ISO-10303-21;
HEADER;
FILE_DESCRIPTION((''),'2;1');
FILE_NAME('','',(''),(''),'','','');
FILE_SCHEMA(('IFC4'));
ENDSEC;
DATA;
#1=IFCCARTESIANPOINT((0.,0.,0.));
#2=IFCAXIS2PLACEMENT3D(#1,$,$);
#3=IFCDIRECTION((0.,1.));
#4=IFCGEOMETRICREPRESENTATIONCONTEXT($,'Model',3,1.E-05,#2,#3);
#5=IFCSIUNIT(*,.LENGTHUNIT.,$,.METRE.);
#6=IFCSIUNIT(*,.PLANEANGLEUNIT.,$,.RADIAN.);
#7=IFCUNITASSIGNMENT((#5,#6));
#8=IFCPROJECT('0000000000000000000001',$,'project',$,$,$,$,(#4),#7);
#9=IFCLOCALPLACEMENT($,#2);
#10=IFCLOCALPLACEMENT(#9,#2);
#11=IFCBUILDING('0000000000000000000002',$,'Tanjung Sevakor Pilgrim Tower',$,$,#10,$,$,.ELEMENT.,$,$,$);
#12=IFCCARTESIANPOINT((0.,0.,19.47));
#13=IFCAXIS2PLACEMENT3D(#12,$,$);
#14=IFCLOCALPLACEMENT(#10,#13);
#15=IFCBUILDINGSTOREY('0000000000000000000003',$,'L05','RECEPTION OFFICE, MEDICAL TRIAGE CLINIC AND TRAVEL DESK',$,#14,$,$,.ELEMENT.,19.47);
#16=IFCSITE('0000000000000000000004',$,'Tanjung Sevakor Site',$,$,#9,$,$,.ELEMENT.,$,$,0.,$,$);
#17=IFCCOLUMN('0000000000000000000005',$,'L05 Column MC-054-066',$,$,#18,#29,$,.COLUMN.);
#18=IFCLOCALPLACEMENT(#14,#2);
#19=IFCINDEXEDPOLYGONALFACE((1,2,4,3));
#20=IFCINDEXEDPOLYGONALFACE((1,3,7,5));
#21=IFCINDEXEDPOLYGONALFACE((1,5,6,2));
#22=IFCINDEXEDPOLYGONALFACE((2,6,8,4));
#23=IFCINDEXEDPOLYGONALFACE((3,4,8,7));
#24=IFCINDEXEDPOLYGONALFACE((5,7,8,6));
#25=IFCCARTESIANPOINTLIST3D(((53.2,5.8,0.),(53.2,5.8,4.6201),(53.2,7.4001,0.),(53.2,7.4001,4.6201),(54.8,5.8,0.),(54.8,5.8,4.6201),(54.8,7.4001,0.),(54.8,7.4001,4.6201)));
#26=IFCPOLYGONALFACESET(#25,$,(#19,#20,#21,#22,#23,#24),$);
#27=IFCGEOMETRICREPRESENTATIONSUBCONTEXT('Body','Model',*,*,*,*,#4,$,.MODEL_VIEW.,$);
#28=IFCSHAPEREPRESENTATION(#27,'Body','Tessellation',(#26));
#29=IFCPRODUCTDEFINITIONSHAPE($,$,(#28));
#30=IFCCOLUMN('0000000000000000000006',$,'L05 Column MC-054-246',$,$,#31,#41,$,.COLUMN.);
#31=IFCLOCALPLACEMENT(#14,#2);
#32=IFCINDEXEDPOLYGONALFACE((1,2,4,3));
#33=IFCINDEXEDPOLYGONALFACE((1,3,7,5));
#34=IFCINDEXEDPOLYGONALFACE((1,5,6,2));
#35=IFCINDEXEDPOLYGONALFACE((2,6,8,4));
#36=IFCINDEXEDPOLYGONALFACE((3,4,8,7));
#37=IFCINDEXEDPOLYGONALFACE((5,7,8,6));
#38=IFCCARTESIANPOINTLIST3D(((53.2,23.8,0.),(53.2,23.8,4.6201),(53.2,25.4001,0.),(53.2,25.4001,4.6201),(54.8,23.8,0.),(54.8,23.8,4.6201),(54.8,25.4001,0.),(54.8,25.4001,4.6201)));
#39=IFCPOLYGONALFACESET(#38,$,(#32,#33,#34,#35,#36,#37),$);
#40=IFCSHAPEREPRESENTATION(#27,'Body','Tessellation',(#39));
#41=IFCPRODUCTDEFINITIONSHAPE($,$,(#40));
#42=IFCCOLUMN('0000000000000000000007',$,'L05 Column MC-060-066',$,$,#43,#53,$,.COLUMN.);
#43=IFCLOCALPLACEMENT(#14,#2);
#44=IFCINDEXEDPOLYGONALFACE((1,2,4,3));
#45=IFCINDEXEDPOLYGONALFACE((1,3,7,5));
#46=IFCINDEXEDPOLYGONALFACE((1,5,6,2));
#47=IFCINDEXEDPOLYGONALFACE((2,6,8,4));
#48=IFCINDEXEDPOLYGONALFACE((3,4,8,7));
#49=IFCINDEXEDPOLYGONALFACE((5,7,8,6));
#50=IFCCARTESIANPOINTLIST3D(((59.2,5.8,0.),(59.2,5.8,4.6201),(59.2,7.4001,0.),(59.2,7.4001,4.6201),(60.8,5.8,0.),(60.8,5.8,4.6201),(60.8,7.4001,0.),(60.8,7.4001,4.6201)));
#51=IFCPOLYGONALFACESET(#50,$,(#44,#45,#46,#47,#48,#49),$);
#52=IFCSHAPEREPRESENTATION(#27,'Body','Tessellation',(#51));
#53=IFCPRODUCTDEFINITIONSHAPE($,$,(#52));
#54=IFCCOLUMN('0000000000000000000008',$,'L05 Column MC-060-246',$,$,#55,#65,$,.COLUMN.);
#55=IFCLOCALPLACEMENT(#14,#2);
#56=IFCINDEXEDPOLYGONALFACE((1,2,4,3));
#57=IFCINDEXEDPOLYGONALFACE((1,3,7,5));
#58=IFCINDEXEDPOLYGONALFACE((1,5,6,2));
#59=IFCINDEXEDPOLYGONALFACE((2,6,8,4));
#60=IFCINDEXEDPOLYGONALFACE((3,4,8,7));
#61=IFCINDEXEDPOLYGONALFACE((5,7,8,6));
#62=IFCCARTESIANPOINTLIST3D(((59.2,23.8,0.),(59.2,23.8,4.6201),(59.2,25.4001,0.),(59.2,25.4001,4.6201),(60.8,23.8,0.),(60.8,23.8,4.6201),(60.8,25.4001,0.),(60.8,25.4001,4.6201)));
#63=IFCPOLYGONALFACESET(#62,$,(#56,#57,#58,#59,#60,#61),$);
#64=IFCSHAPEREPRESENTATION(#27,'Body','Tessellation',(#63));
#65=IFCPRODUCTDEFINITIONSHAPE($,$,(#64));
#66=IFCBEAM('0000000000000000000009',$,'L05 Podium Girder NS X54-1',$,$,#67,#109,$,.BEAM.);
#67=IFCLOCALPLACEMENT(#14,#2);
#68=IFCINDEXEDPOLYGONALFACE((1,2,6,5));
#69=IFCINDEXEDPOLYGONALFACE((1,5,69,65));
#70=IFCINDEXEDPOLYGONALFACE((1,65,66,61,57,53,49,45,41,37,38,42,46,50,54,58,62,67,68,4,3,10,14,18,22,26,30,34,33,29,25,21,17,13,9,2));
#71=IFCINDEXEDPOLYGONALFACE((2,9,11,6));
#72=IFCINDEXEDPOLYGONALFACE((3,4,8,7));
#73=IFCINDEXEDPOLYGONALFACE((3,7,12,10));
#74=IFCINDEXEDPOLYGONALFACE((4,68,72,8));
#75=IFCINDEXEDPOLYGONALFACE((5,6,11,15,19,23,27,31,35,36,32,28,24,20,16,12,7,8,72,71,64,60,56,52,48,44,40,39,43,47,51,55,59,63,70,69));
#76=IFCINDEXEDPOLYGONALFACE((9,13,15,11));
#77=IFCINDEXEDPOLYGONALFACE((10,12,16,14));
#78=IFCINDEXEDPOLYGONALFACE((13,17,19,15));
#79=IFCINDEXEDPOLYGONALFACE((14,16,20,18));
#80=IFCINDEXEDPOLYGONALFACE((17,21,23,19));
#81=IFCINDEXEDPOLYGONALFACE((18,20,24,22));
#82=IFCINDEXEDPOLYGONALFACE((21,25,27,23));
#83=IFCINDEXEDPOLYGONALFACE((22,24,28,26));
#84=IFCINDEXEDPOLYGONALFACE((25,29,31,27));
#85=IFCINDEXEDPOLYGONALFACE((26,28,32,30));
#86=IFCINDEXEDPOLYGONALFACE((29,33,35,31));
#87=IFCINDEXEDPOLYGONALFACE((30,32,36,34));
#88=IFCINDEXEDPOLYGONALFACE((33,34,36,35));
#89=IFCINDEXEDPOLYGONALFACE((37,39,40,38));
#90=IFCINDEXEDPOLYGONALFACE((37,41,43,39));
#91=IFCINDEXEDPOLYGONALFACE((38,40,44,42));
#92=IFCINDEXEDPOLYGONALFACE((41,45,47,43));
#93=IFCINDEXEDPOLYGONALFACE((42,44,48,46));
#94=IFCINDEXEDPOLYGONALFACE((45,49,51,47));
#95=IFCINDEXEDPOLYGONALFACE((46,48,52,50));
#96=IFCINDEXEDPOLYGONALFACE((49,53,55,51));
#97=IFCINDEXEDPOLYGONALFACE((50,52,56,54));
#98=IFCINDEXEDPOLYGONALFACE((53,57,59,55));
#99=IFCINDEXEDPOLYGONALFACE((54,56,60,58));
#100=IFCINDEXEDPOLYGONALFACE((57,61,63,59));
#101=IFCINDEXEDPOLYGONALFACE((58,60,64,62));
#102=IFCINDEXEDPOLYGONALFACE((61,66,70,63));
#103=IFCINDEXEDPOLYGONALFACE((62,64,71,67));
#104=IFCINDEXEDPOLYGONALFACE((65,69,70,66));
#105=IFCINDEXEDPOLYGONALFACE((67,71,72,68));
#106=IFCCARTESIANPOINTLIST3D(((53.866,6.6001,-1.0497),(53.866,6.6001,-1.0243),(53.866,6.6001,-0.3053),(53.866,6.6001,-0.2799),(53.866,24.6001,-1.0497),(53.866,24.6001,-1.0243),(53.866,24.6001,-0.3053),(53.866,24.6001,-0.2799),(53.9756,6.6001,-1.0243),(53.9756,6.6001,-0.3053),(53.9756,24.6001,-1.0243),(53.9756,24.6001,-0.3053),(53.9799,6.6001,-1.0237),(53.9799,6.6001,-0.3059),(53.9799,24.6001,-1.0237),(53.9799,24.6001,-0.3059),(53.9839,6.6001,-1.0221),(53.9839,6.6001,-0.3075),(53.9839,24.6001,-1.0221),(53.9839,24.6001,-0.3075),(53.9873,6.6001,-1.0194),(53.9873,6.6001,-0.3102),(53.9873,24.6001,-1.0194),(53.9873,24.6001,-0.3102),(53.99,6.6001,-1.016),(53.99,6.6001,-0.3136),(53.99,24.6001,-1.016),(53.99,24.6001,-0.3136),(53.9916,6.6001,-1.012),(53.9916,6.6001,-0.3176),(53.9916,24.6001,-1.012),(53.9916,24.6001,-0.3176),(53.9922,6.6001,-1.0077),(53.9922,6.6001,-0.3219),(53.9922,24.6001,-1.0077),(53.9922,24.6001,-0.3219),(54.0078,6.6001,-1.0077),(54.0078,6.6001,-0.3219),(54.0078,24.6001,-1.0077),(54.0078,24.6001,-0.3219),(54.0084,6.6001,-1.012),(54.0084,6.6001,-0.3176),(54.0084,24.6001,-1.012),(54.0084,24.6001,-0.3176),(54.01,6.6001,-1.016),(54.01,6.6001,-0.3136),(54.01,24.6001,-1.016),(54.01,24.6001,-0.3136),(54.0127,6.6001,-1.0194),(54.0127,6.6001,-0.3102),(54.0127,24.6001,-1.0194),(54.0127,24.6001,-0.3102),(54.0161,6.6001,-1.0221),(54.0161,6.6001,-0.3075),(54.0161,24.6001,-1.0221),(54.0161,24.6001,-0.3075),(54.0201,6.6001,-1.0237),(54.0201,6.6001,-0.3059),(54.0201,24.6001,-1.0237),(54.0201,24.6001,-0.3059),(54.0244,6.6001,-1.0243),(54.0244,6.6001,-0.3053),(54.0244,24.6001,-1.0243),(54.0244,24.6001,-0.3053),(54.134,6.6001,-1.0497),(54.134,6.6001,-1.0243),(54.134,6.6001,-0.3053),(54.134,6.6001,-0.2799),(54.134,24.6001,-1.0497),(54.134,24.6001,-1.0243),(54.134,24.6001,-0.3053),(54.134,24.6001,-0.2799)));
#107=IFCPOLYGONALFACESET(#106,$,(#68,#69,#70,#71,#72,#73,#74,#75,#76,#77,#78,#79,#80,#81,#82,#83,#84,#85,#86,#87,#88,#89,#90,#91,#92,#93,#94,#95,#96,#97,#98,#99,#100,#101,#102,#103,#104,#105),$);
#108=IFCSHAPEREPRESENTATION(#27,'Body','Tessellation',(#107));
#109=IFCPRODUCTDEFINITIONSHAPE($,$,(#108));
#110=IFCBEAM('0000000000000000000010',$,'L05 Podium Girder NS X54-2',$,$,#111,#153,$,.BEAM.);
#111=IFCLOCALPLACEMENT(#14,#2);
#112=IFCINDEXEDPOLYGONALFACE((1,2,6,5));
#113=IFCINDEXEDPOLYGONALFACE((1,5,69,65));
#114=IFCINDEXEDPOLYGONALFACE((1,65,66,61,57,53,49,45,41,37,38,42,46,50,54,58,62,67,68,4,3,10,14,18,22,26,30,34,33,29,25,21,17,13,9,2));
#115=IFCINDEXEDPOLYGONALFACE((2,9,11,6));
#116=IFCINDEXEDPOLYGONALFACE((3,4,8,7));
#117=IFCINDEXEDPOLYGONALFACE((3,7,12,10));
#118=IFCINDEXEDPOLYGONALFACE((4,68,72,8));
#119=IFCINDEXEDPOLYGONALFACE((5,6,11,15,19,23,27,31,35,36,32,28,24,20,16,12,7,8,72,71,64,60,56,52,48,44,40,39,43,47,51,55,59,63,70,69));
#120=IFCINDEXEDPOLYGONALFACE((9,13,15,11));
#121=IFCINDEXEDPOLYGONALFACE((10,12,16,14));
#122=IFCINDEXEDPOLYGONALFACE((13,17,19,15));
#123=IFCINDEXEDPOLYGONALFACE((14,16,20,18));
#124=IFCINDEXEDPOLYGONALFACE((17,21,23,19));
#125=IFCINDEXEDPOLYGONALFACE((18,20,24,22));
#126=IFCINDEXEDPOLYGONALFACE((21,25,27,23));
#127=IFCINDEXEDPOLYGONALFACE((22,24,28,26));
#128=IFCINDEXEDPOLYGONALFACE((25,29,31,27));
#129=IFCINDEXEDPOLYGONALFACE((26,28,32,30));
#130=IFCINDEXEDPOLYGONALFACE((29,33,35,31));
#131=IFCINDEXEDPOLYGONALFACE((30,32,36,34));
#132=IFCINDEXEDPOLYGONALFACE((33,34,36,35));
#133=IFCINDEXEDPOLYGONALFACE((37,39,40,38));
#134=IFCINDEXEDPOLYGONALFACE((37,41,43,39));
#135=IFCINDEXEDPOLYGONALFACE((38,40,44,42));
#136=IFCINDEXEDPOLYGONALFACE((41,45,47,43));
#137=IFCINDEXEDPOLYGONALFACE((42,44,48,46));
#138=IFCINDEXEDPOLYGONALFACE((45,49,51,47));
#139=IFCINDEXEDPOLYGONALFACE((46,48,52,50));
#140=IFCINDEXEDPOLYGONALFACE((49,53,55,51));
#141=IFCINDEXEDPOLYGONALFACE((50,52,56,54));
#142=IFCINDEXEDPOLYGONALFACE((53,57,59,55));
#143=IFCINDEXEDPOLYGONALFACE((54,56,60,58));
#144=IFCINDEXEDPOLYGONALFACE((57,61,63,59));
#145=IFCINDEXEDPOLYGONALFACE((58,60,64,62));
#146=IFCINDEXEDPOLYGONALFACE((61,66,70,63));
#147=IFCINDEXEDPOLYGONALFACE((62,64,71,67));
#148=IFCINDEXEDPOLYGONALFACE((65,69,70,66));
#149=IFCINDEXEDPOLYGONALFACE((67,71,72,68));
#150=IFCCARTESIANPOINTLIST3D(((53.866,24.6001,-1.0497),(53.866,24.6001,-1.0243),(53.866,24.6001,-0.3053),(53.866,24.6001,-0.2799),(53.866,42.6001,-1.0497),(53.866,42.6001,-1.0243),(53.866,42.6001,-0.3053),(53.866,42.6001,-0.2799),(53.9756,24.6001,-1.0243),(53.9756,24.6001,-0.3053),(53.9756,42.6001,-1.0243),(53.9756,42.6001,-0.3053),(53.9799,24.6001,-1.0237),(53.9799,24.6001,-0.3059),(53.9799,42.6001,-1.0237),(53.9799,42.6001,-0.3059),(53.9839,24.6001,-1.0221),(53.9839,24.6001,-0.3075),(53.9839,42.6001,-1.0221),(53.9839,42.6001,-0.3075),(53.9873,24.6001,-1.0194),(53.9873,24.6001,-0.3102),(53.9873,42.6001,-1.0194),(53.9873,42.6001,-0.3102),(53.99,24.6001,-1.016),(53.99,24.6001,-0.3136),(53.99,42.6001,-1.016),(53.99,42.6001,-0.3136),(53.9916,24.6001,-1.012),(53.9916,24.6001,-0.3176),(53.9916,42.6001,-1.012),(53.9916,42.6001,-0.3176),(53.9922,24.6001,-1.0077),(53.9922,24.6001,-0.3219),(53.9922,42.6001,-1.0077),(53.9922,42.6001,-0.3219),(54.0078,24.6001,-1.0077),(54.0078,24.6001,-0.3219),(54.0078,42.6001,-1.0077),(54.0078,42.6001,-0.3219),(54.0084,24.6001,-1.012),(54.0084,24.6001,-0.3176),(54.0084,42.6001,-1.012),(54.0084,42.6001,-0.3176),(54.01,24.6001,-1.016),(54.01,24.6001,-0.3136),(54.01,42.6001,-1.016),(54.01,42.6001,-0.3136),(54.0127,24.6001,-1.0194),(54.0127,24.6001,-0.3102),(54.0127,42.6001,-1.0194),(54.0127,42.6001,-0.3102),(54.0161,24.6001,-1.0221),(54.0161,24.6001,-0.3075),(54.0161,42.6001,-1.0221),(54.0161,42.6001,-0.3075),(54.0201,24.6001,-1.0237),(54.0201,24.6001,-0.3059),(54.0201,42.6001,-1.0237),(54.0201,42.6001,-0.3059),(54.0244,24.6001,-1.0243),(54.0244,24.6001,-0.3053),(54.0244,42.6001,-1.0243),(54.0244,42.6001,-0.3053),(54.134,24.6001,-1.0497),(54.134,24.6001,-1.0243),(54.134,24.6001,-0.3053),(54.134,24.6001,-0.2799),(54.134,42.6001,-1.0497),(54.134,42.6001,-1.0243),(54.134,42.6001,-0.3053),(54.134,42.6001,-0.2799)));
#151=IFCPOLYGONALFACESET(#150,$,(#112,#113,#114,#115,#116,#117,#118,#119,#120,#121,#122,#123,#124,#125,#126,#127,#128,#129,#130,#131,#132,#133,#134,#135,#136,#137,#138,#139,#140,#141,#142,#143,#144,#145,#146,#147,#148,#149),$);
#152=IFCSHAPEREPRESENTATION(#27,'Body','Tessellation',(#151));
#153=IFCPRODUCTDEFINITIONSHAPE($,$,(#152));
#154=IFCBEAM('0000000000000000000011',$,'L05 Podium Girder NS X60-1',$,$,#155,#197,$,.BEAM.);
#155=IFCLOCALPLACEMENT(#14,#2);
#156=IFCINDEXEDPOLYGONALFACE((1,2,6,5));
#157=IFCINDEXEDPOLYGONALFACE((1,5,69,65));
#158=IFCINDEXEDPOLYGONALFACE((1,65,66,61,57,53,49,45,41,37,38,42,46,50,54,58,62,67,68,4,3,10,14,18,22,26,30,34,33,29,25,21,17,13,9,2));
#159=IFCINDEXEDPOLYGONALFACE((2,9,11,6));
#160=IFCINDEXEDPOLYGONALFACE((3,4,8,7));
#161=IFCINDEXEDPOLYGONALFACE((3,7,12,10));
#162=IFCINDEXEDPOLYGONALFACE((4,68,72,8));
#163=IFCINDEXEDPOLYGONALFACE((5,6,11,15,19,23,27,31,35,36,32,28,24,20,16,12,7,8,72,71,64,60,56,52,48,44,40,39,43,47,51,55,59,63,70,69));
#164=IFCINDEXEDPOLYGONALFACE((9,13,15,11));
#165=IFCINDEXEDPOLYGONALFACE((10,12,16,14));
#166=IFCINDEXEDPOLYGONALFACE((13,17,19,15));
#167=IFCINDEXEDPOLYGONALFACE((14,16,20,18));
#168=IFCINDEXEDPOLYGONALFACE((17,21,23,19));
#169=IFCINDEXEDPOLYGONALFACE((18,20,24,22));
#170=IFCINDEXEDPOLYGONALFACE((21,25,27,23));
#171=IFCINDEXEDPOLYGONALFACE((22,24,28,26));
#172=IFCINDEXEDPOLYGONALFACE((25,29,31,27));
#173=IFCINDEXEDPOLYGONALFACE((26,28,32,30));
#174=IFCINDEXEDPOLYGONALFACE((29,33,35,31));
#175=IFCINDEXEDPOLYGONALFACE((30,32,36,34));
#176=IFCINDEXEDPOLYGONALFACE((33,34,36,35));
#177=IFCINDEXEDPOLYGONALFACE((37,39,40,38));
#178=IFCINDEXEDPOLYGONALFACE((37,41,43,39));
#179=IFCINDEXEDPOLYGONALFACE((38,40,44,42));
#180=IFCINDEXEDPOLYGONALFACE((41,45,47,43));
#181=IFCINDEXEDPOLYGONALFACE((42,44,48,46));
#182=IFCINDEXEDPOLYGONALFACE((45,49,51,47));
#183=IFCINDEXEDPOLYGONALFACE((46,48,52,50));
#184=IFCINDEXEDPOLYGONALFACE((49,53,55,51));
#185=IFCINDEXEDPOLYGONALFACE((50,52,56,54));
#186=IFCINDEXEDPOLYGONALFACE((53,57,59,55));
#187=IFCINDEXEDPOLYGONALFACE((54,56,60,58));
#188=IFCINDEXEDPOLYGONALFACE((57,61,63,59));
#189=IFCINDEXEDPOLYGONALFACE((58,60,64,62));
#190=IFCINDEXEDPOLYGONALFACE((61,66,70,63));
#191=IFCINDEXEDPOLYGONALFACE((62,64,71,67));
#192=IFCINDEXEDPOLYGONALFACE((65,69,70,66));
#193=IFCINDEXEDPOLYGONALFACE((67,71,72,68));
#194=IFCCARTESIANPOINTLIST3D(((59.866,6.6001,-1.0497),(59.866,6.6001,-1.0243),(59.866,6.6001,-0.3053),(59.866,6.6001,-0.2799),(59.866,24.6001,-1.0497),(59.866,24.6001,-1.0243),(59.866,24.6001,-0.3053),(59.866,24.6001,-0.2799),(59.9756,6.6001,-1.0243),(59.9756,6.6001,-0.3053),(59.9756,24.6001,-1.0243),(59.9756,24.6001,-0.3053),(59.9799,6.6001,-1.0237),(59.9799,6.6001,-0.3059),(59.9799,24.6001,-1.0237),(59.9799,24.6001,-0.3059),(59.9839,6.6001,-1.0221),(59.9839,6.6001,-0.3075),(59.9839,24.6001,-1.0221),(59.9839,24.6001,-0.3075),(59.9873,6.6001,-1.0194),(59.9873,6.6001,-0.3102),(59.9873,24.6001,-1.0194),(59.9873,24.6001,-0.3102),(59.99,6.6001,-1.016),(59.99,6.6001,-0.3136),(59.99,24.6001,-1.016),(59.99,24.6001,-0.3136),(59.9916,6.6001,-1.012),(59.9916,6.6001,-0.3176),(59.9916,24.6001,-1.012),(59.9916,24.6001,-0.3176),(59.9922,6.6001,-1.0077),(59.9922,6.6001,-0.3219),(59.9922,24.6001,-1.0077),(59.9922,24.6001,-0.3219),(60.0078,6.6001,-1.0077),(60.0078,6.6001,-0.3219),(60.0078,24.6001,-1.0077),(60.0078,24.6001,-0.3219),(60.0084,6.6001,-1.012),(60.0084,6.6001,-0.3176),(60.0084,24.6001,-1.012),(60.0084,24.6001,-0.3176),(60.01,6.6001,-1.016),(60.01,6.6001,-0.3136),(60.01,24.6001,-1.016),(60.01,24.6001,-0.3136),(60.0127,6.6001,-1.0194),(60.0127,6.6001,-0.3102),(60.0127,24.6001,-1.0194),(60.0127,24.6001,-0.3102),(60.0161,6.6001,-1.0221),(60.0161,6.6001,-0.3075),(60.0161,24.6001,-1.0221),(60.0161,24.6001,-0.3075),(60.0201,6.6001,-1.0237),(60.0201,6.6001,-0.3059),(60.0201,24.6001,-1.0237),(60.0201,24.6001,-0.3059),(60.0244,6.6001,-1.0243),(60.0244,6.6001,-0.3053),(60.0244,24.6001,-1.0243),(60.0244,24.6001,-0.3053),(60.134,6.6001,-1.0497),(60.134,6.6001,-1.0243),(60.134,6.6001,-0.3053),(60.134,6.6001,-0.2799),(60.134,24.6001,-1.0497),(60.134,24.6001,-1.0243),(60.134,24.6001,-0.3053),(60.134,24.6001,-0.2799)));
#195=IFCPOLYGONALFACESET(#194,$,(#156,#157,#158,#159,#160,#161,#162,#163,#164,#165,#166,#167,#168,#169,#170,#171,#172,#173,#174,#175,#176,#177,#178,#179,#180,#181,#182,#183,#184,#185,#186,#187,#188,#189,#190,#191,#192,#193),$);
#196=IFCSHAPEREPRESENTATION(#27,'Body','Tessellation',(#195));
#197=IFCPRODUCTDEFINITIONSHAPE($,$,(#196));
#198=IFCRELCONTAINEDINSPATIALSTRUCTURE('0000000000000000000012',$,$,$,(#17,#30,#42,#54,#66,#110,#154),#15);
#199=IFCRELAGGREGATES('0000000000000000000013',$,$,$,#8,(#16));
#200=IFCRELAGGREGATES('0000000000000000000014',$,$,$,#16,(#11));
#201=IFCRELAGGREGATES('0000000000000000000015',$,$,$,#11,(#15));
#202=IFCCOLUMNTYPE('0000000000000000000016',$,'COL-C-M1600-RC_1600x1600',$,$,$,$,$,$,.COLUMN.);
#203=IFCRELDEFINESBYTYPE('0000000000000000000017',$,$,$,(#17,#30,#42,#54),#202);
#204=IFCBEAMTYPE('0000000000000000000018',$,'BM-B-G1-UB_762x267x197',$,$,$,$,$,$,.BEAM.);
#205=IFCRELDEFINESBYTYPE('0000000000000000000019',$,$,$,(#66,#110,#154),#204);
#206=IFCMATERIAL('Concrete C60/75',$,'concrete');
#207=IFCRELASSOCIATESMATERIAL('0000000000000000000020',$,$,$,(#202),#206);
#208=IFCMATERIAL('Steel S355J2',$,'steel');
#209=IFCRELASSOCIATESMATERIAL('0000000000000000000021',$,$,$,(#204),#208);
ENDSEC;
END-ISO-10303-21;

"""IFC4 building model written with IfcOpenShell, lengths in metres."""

from ifc_helpers import new_model, si_unit, direction, frame, origin, origin_2d, place, context, subcontext, project, spatial, rectangle, i_section, extrude, material, material_profile, profile_set, type_object, element, save


model = new_model("IFC4")

# Units and contexts
model_context = context("Model", 3, precision=1e-05, world=origin(), true_north=direction((0.0, 1.0)))
body_context = subcontext(model_context, "Body", "Model", "MODEL_VIEW")
ifc_project = project(units=[si_unit("LENGTHUNIT", "METRE"), si_unit("PLANEANGLEUNIT", "RADIAN")], contexts=[model_context])

# Site, building, storey
site_placement = place(None, origin())
site = spatial("IfcSite", under=ifc_project, at=site_placement, Name="Tanjung Sevakor Site", CompositionType="ELEMENT", RefElevation=0.0)
building_placement = place(site_placement, origin())
building = spatial("IfcBuilding", under=site, at=building_placement, Name="Tanjung Sevakor Pilgrim Tower", CompositionType="ELEMENT")
storey_placement = place(building_placement, frame((0.0, 0.0, 19.47)))
storey = spatial("IfcBuildingStorey", under=building, at=storey_placement, Name="L05", Description="RECEPTION OFFICE, MEDICAL TRIAGE CLINIC AND TRAVEL DESK", CompositionType="ELEMENT", Elevation=19.47)

# Columns
ifc_material_1 = material(Name="Concrete C60/75", Category="concrete")
ifc_material_profile_1 = material_profile(ifc_material_1, rectangle(XDim=1.6001, YDim=1.6001, at=origin_2d()))
ifc_profile_set_1 = profile_set([ifc_material_profile_1], Name="Concrete C60/75")
column_type = type_object("IfcColumnType", Name="COL-C-M1600-RC_1600x1600", PredefinedType="COLUMN", material=ifc_profile_set_1)
for number, where, z_axis, x_axis, name in (
    (1, (54.0, 6.6001, 0.0), (0.0, 0.0, 1.0), (1.0, 0.0, 0.0), "L05 Column MC-054-066"),
    (2, (54.0, 24.6001, 0.0), (0.0, 0.0, 1.0), (1.0, 0.0, 0.0), "L05 Column MC-054-246"),
    (3, (60.0, 6.6001, 0.0), (0.0, 0.0, 1.0), (1.0, 0.0, 0.0), "L05 Column MC-060-066"),
    (4, (60.0, 24.6001, 0.0), (0.0, 0.0, 1.0), (1.0, 0.0, 0.0), "L05 Column MC-060-246"),
):
    element("IfcColumn", number, at=place(storey_placement, frame(where, z_axis=z_axis, x_axis=x_axis)), inside=storey, type_object=column_type, Name=name, PredefinedType="COLUMN", context=body_context, shape_type="SweptSolid", body=[
        extrude(rectangle(XDim=1.6001, YDim=1.6001, at=origin_2d()), origin(), (0.0, 0.0, 1.0), 4.6201),
    ])

# Beams
ifc_material_2 = material(Name="Steel S355J2", Category="steel")
ifc_material_profile_2 = material_profile(ifc_material_2, i_section(OverallWidth=0.2681, OverallDepth=0.7698, WebThickness=0.0156, FlangeThickness=0.0254, FilletRadius=0.0166, at=origin_2d()))
ifc_profile_set_2 = profile_set([ifc_material_profile_2], Name="Steel S355J2")
beam_type_1 = type_object("IfcBeamType", Name="BM-B-G1-UB_762x267x197", PredefinedType="BEAM", material=ifc_profile_set_2)
for number, where, z_axis, x_axis, name in (
    (5, (54.0, 6.6001, -0.6648), (0.0, 1.0, 0.0), (-1.0, 0.0, 0.0), "L05 Podium Girder NS X54-1"),
    (6, (54.0, 24.6001, -0.6648), (0.0, 1.0, 0.0), (-1.0, 0.0, 0.0), "L05 Podium Girder NS X54-2"),
    (7, (60.0, 6.6001, -0.6648), (0.0, 1.0, 0.0), (-1.0, 0.0, 0.0), "L05 Podium Girder NS X60-1"),
):
    element("IfcBeam", number, at=place(storey_placement, frame(where, z_axis=z_axis, x_axis=x_axis)), inside=storey, type_object=beam_type_1, Name=name, PredefinedType="BEAM", context=body_context, shape_type="SweptSolid", body=[
        extrude(i_section(OverallWidth=0.2681, OverallDepth=0.7698, WebThickness=0.0156, FlangeThickness=0.0254, FilletRadius=0.0166, at=origin_2d()), origin(), (0.0, 0.0, 1.0), 18.0),
    ])

save(model, "model.ifc")
